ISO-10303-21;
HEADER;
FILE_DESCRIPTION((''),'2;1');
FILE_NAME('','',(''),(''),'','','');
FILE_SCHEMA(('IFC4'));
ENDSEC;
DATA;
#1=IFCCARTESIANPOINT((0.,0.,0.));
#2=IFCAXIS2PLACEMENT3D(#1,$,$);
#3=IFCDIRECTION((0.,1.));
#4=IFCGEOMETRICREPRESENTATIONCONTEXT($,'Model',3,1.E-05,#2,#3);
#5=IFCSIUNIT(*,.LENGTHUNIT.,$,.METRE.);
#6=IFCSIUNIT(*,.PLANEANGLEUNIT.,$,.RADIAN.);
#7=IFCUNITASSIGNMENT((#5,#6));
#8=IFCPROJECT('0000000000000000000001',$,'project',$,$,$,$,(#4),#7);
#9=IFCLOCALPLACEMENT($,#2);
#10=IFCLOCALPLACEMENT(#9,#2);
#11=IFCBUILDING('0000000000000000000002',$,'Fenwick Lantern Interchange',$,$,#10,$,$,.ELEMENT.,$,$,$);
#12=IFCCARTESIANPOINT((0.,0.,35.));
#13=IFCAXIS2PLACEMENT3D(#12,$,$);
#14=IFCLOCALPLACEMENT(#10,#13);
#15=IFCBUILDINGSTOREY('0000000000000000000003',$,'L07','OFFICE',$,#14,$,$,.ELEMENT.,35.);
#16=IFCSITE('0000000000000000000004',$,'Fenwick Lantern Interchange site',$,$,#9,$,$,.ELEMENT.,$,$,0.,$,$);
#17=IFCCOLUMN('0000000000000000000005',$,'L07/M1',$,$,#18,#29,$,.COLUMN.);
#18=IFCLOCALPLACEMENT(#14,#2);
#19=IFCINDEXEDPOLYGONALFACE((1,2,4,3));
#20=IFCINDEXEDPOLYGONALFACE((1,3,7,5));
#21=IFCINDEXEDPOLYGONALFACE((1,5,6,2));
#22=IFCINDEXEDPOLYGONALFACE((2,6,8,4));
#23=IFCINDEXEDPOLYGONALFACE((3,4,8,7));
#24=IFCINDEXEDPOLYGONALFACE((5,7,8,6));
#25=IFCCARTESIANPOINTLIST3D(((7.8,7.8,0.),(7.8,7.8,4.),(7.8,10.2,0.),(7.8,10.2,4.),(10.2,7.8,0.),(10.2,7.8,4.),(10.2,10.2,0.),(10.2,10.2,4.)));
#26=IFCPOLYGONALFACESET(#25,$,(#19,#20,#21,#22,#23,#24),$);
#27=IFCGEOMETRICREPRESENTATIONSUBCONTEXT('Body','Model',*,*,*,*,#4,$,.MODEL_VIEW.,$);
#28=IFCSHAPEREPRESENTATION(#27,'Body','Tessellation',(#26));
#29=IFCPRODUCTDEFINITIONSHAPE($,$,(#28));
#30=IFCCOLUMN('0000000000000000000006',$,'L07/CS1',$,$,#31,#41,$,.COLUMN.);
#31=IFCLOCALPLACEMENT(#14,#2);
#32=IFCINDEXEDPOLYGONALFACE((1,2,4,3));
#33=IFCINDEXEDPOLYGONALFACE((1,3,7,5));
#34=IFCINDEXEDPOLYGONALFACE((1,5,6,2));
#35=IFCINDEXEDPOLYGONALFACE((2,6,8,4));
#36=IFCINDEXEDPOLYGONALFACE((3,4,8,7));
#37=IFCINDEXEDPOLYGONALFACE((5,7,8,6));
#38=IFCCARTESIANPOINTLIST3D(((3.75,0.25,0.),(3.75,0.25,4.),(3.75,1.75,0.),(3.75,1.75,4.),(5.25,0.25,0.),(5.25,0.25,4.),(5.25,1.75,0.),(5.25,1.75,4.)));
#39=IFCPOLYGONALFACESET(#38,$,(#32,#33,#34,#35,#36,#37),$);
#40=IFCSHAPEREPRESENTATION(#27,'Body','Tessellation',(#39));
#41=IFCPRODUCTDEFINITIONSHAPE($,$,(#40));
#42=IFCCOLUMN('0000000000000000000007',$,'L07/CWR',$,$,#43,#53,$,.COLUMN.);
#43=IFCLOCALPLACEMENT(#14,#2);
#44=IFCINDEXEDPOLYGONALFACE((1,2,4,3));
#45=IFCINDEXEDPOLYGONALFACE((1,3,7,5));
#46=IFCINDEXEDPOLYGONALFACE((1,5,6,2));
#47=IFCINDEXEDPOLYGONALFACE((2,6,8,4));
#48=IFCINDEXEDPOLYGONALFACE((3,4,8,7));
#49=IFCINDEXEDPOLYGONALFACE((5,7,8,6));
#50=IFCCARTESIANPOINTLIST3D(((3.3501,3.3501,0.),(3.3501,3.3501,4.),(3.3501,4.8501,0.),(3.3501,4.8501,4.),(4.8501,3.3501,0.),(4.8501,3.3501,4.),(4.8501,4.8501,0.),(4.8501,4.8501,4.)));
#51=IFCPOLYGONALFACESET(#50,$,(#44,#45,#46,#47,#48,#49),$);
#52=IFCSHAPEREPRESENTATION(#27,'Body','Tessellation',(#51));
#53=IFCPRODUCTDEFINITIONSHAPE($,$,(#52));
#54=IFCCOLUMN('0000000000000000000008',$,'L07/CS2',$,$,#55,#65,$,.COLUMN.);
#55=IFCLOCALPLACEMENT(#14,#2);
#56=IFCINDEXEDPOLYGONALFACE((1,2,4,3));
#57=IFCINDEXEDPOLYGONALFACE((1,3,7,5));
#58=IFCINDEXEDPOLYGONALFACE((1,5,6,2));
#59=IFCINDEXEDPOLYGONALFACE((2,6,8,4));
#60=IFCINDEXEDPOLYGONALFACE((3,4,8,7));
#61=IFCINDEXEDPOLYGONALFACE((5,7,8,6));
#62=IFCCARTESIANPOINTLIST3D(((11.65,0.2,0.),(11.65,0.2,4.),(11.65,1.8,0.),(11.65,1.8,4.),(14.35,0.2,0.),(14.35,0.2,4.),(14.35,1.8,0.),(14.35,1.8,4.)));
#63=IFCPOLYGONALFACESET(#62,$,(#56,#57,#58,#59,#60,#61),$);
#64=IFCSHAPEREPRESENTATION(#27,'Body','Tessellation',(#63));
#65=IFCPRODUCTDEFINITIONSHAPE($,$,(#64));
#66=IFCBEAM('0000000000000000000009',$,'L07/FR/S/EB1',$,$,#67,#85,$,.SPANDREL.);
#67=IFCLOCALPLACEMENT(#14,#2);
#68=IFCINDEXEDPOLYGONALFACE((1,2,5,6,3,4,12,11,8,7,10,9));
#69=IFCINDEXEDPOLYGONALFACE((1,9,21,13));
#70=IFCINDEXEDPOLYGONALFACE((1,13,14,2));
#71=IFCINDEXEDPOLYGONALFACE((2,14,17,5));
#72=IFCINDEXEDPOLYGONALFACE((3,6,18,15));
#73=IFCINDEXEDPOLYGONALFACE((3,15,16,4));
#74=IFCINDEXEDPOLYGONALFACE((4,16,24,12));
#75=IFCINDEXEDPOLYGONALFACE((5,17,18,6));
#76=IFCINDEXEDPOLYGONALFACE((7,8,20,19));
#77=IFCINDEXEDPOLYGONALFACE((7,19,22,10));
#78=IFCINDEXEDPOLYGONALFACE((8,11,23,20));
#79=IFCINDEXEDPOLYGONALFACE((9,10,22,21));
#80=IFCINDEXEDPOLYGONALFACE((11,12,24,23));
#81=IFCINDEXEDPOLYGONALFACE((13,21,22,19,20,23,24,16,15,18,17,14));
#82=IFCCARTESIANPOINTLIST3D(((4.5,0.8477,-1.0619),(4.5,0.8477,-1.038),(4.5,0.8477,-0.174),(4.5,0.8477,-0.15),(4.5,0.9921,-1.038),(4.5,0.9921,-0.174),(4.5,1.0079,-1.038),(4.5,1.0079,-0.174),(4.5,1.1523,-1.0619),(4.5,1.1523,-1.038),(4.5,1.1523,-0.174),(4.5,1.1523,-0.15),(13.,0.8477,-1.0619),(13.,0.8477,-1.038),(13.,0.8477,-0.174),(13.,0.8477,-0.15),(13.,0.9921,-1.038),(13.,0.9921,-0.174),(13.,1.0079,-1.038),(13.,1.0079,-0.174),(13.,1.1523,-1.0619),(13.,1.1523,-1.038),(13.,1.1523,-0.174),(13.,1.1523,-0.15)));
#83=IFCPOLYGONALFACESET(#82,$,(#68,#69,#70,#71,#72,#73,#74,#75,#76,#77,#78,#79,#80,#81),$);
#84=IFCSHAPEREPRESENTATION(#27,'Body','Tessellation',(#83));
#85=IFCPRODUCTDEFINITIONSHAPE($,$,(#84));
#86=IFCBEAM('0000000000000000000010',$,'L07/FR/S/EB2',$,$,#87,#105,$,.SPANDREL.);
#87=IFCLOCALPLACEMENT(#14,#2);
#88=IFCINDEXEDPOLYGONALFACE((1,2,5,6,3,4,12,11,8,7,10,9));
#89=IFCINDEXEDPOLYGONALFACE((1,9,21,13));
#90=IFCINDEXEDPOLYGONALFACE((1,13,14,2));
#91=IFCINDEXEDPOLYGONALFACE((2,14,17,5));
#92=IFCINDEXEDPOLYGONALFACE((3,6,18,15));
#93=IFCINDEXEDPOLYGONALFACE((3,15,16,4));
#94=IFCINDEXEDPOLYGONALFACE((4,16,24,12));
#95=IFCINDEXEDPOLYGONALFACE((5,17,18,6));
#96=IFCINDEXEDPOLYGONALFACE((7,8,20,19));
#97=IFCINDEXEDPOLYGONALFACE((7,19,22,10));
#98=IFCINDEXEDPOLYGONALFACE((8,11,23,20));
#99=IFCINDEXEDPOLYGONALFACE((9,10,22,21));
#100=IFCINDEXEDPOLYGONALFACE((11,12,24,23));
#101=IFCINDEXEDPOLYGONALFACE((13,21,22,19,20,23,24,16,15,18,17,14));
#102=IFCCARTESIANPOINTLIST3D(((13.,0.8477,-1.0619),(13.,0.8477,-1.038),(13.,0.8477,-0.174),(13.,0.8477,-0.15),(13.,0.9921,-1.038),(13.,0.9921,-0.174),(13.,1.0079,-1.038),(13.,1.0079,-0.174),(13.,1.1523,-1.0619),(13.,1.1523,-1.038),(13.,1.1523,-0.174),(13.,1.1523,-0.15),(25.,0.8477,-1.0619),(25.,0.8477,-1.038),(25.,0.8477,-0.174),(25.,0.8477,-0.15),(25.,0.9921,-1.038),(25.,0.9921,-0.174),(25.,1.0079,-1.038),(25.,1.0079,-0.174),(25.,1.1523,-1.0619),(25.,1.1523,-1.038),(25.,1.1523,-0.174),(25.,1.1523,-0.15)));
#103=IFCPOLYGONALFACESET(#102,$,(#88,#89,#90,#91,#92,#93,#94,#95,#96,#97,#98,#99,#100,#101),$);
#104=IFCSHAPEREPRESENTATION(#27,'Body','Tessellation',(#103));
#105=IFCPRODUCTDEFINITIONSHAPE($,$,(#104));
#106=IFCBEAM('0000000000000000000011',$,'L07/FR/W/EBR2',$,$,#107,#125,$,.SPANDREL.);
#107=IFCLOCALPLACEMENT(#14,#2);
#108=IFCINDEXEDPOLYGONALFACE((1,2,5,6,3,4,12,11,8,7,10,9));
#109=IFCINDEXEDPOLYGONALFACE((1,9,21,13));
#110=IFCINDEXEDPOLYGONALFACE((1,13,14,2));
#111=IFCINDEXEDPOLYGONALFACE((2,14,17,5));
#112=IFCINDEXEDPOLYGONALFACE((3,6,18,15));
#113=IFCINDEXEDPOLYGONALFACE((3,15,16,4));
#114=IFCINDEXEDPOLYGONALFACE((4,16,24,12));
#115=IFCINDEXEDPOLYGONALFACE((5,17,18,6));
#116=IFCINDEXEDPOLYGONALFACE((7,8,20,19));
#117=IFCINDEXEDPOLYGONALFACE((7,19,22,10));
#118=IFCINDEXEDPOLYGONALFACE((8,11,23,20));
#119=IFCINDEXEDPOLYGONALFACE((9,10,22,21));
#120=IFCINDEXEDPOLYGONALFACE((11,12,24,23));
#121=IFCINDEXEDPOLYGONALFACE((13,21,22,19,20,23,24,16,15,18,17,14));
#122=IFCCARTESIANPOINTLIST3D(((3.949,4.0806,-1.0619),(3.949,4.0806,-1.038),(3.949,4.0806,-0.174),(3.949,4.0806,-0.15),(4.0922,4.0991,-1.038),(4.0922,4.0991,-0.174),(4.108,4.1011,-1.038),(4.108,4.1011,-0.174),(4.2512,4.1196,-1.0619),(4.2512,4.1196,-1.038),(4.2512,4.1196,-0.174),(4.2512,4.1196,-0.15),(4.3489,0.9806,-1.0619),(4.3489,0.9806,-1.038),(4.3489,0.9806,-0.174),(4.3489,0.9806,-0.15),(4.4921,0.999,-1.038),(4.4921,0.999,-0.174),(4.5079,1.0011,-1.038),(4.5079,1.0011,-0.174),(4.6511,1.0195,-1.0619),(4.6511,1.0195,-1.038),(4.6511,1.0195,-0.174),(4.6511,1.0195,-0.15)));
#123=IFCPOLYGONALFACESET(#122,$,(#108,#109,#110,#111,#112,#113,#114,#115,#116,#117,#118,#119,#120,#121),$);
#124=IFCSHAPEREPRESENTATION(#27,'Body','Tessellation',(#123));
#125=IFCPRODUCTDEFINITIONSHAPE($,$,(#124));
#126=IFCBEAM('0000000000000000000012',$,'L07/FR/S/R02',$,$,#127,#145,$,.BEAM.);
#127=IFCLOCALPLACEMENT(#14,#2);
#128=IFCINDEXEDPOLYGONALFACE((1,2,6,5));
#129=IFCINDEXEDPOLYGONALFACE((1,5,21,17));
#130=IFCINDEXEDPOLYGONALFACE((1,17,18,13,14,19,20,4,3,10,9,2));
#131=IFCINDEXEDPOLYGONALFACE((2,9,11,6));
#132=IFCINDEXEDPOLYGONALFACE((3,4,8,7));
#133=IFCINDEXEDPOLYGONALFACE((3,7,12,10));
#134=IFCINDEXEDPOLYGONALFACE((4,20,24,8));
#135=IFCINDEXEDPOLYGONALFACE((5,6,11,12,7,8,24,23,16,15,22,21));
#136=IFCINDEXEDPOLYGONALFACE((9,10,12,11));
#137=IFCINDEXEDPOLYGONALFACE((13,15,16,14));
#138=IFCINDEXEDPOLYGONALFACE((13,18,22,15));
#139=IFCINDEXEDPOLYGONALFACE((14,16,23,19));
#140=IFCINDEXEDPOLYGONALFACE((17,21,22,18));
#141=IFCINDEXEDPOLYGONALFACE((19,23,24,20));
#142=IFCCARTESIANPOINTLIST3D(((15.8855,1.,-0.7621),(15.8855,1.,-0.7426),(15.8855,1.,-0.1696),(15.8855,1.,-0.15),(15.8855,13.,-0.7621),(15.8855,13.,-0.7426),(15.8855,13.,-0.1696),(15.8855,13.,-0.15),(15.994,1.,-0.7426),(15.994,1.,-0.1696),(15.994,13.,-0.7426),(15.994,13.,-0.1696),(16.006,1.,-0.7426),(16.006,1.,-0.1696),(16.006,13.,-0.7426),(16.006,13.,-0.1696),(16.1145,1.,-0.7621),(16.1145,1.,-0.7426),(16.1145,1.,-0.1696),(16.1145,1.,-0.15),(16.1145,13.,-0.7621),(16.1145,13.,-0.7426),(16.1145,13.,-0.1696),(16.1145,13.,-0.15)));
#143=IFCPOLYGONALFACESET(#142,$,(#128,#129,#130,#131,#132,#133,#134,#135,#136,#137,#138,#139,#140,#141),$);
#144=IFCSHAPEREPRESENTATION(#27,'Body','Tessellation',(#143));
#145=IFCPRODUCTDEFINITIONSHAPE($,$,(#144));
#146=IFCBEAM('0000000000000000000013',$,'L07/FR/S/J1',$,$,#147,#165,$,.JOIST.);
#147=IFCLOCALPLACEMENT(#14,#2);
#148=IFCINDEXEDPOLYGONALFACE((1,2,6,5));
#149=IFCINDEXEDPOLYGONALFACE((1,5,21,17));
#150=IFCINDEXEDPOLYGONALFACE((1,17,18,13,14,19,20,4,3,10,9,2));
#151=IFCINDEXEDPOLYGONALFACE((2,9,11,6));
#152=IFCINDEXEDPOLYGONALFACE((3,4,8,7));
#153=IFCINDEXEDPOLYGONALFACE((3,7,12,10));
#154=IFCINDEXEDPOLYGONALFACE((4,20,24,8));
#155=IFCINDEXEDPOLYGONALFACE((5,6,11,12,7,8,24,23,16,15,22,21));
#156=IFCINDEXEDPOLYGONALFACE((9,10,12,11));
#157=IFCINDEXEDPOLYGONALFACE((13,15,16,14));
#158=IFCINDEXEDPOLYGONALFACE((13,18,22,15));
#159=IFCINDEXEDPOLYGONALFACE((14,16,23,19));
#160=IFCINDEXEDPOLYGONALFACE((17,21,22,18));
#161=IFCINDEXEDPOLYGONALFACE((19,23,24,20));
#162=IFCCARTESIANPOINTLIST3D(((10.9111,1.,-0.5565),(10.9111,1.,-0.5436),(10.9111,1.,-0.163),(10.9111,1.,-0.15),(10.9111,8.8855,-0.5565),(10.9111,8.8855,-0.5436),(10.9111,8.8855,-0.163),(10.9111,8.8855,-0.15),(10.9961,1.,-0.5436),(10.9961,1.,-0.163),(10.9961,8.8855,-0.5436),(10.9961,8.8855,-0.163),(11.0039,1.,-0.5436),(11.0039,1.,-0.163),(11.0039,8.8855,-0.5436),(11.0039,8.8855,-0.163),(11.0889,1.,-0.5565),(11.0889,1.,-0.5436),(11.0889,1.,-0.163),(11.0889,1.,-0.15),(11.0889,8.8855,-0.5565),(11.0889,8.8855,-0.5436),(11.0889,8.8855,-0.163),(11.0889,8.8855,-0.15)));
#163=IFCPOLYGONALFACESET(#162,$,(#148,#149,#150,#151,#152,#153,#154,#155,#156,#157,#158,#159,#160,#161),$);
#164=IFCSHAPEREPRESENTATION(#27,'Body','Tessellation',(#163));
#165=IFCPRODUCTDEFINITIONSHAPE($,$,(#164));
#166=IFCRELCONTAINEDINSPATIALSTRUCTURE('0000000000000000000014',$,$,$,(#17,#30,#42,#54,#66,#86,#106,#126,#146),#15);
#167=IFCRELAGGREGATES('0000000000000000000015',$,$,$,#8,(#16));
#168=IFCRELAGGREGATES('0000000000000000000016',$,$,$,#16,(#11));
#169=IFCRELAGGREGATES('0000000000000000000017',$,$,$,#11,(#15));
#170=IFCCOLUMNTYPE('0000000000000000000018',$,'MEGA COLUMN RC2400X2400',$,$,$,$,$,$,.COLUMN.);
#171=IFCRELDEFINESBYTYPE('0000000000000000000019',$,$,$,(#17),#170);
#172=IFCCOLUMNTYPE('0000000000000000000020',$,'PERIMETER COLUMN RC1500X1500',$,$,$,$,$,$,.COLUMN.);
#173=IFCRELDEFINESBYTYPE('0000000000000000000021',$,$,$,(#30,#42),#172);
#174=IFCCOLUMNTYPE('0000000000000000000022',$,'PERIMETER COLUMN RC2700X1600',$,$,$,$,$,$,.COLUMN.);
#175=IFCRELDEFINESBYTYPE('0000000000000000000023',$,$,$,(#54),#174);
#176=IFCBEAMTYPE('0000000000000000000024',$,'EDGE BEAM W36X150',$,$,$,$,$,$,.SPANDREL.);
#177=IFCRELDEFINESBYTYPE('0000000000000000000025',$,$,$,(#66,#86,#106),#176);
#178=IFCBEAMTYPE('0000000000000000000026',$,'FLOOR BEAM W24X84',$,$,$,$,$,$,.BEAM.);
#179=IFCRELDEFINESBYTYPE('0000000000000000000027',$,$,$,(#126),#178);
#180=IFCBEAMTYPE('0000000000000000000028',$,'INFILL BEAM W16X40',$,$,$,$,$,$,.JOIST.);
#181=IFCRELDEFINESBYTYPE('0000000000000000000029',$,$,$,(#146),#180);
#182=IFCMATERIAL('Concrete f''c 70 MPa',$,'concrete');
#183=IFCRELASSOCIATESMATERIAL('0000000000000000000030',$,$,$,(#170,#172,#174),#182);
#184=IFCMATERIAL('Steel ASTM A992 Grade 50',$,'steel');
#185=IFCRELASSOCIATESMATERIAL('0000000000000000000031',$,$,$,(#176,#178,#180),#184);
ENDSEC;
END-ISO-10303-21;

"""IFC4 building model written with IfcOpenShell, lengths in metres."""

from ifc_helpers import new_model, si_unit, direction, frame, origin, origin_2d, place, context, subcontext, project, spatial, rectangle, i_section, extrude, material, material_profile, profile_set, type_object, element, save


model = new_model("IFC4")

# Units and contexts
model_context = context("Model", 3, precision=1e-05, world=origin(), true_north=direction((0.0, 1.0)))
body_context = subcontext(model_context, "Body", "Model", "MODEL_VIEW")
ifc_project = project(units=[si_unit("LENGTHUNIT", "METRE"), si_unit("PLANEANGLEUNIT", "RADIAN")], contexts=[model_context])

# Site, building, storey
site_placement = place(None, origin())
site = spatial("IfcSite", under=ifc_project, at=site_placement, Name="Fenwick Lantern Interchange site", CompositionType="ELEMENT", RefElevation=0.0)
building_placement = place(site_placement, origin())
building = spatial("IfcBuilding", under=site, at=building_placement, Name="Fenwick Lantern Interchange", CompositionType="ELEMENT")
storey_placement = place(building_placement, frame((0.0, 0.0, 35.0)))
storey = spatial("IfcBuildingStorey", under=building, at=storey_placement, Name="L07", Description="OFFICE", CompositionType="ELEMENT", Elevation=35.0)

# Columns
ifc_material_1 = material(Name="Concrete f'c 70 MPa", Category="concrete")
ifc_material_profile_1 = material_profile(ifc_material_1, rectangle(XDim=2.3999, YDim=2.3999, at=origin_2d()), Name="RC2400X2400")
ifc_profile_set_1 = profile_set([ifc_material_profile_1], Name="Concrete f'c 70 MPa")
column_type_1 = type_object("IfcColumnType", Name="MEGA COLUMN RC2400X2400", PredefinedType="COLUMN", material=ifc_profile_set_1)
column_1_placement = place(storey_placement, frame((9.0, 9.0, 0.0), z_axis=(0.0, 0.0, 1.0), x_axis=(1.0, 0.0, 0.0)))
element("IfcColumn", 1, at=column_1_placement, inside=storey, type_object=column_type_1, Name="L07/M1", PredefinedType="COLUMN", context=body_context, shape_type="SweptSolid", body=[
    extrude(rectangle(XDim=2.3999, YDim=2.3999, at=origin_2d()), origin(), (0.0, 0.0, 1.0), 4.0),
])
ifc_material_profile_2 = material_profile(ifc_material_1, rectangle(XDim=1.5, YDim=1.5, at=origin_2d()), Name="RC1500X1500")
ifc_profile_set_2 = profile_set([ifc_material_profile_2], Name="Concrete f'c 70 MPa")
column_type_2 = type_object("IfcColumnType", Name="PERIMETER COLUMN RC1500X1500", PredefinedType="COLUMN", material=ifc_profile_set_2)
for number, where, z_axis, x_axis, name in (
    (2, (4.5, 1.0, 0.0), (0.0, 0.0, 1.0), (1.0, 0.0, 0.0), "L07/CS1"),
    (3, (4.1001, 4.1001, 0.0), (0.0, 0.0, 1.0), (1.0, 0.0, 0.0), "L07/CWR"),
):
    element("IfcColumn", number, at=place(storey_placement, frame(where, z_axis=z_axis, x_axis=x_axis)), inside=storey, type_object=column_type_2, Name=name, PredefinedType="COLUMN", context=body_context, shape_type="SweptSolid", body=[
        extrude(rectangle(XDim=1.5, YDim=1.5, at=origin_2d()), origin(), (0.0, 0.0, 1.0), 4.0),
    ])
ifc_material_profile_3 = material_profile(ifc_material_1, rectangle(XDim=2.7, YDim=1.6001, at=origin_2d()), Name="RC2700X1600")
ifc_profile_set_3 = profile_set([ifc_material_profile_3], Name="Concrete f'c 70 MPa")
column_type_3 = type_object("IfcColumnType", Name="PERIMETER COLUMN RC2700X1600", PredefinedType="COLUMN", material=ifc_profile_set_3)
column_2_placement = place(storey_placement, frame((13.0, 1.0, 0.0), z_axis=(0.0, 0.0, 1.0), x_axis=(1.0, 0.0, 0.0)))
element("IfcColumn", 4, at=column_2_placement, inside=storey, type_object=column_type_3, Name="L07/CS2", PredefinedType="COLUMN", context=body_context, shape_type="SweptSolid", body=[
    extrude(rectangle(XDim=2.7, YDim=1.6001, at=origin_2d()), origin(), (0.0, 0.0, 1.0), 4.0),
])

# Beams
ifc_material_2 = material(Name="Steel ASTM A992 Grade 50", Category="steel")
ifc_material_profile_4 = material_profile(ifc_material_2, i_section(OverallWidth=0.3047, OverallDepth=0.9119, WebThickness=0.0159, FlangeThickness=0.0239, at=origin_2d()), Name="W36X150")
ifc_profile_set_4 = profile_set([ifc_material_profile_4], Name="Steel ASTM A992 Grade 50")
beam_type_1 = type_object("IfcBeamType", Name="EDGE BEAM W36X150", PredefinedType="SPANDREL", material=ifc_profile_set_4)
beam_1_placement = place(storey_placement, frame((4.5, 1.0, -0.606), z_axis=(1.0, 0.0, 0.0), x_axis=(0.0, 1.0, 0.0)))
element("IfcBeam", 5, at=beam_1_placement, inside=storey, type_object=beam_type_1, Name="L07/FR/S/EB1", PredefinedType="SPANDREL", context=body_context, shape_type="SweptSolid", body=[
    extrude(i_section(OverallWidth=0.3047, OverallDepth=0.9119, WebThickness=0.0159, FlangeThickness=0.0239, at=origin_2d()), origin(), (0.0, 0.0, 1.0), 8.5),
])
beam_2_placement = place(storey_placement, frame((13.0, 1.0, -0.606), z_axis=(1.0, 0.0, 0.0), x_axis=(0.0, 1.0, 0.0)))
element("IfcBeam", 6, at=beam_2_placement, inside=storey, type_object=beam_type_1, Name="L07/FR/S/EB2", PredefinedType="SPANDREL", context=body_context, shape_type="SweptSolid", body=[
    extrude(i_section(OverallWidth=0.3047, OverallDepth=0.9119, WebThickness=0.0159, FlangeThickness=0.0239, at=origin_2d()), origin(), (0.0, 0.0, 1.0), 12.0),
])
beam_3_placement = place(storey_placement, frame((4.1001, 4.1001, -0.606), z_axis=(0.127937, -0.991782, 0.0), x_axis=(0.991782, 0.127937, 0.0)))
element("IfcBeam", 7, at=beam_3_placement, inside=storey, type_object=beam_type_1, Name="L07/FR/W/EBR2", PredefinedType="SPANDREL", context=body_context, shape_type="SweptSolid", body=[
    extrude(i_section(OverallWidth=0.3047, OverallDepth=0.9119, WebThickness=0.0159, FlangeThickness=0.0239, at=origin_2d()), origin(), (0.0, 0.0, 1.0), 3.1257),
])
ifc_material_profile_5 = material_profile(ifc_material_2, i_section(OverallWidth=0.229, OverallDepth=0.6121, WebThickness=0.012, FlangeThickness=0.0195, at=origin_2d()), Name="W24X84")
ifc_profile_set_5 = profile_set([ifc_material_profile_5], Name="Steel ASTM A992 Grade 50")
beam_type_2 = type_object("IfcBeamType", Name="FLOOR BEAM W24X84", PredefinedType="BEAM", material=ifc_profile_set_5)
beam_4_placement = place(storey_placement, frame((16.0, 1.0, -0.4561), z_axis=(0.0, 1.0, 0.0), x_axis=(-1.0, 0.0, 0.0)))
element("IfcBeam", 8, at=beam_4_placement, inside=storey, type_object=beam_type_2, Name="L07/FR/S/R02", PredefinedType="BEAM", context=body_context, shape_type="SweptSolid", body=[
    extrude(i_section(OverallWidth=0.229, OverallDepth=0.6121, WebThickness=0.012, FlangeThickness=0.0195, at=origin_2d()), origin(), (0.0, 0.0, 1.0), 12.0),
])
ifc_material_profile_6 = material_profile(ifc_material_2, i_section(OverallWidth=0.1777, OverallDepth=0.4065, WebThickness=0.0078, FlangeThickness=0.0129, at=origin_2d()), Name="W16X40")
ifc_profile_set_6 = profile_set([ifc_material_profile_6], Name="Steel ASTM A992 Grade 50")
beam_type_3 = type_object("IfcBeamType", Name="INFILL BEAM W16X40", PredefinedType="JOIST", material=ifc_profile_set_6)
beam_5_placement = place(storey_placement, frame((11.0, 1.0, -0.3533), z_axis=(0.0, 1.0, 0.0), x_axis=(-1.0, 0.0, 0.0)))
element("IfcBeam", 9, at=beam_5_placement, inside=storey, type_object=beam_type_3, Name="L07/FR/S/J1", PredefinedType="JOIST", context=body_context, shape_type="SweptSolid", body=[
    extrude(i_section(OverallWidth=0.1777, OverallDepth=0.4065, WebThickness=0.0078, FlangeThickness=0.0129, at=origin_2d()), origin(), (0.0, 0.0, 1.0), 7.8855),
])

save(model, "model.ifc")
